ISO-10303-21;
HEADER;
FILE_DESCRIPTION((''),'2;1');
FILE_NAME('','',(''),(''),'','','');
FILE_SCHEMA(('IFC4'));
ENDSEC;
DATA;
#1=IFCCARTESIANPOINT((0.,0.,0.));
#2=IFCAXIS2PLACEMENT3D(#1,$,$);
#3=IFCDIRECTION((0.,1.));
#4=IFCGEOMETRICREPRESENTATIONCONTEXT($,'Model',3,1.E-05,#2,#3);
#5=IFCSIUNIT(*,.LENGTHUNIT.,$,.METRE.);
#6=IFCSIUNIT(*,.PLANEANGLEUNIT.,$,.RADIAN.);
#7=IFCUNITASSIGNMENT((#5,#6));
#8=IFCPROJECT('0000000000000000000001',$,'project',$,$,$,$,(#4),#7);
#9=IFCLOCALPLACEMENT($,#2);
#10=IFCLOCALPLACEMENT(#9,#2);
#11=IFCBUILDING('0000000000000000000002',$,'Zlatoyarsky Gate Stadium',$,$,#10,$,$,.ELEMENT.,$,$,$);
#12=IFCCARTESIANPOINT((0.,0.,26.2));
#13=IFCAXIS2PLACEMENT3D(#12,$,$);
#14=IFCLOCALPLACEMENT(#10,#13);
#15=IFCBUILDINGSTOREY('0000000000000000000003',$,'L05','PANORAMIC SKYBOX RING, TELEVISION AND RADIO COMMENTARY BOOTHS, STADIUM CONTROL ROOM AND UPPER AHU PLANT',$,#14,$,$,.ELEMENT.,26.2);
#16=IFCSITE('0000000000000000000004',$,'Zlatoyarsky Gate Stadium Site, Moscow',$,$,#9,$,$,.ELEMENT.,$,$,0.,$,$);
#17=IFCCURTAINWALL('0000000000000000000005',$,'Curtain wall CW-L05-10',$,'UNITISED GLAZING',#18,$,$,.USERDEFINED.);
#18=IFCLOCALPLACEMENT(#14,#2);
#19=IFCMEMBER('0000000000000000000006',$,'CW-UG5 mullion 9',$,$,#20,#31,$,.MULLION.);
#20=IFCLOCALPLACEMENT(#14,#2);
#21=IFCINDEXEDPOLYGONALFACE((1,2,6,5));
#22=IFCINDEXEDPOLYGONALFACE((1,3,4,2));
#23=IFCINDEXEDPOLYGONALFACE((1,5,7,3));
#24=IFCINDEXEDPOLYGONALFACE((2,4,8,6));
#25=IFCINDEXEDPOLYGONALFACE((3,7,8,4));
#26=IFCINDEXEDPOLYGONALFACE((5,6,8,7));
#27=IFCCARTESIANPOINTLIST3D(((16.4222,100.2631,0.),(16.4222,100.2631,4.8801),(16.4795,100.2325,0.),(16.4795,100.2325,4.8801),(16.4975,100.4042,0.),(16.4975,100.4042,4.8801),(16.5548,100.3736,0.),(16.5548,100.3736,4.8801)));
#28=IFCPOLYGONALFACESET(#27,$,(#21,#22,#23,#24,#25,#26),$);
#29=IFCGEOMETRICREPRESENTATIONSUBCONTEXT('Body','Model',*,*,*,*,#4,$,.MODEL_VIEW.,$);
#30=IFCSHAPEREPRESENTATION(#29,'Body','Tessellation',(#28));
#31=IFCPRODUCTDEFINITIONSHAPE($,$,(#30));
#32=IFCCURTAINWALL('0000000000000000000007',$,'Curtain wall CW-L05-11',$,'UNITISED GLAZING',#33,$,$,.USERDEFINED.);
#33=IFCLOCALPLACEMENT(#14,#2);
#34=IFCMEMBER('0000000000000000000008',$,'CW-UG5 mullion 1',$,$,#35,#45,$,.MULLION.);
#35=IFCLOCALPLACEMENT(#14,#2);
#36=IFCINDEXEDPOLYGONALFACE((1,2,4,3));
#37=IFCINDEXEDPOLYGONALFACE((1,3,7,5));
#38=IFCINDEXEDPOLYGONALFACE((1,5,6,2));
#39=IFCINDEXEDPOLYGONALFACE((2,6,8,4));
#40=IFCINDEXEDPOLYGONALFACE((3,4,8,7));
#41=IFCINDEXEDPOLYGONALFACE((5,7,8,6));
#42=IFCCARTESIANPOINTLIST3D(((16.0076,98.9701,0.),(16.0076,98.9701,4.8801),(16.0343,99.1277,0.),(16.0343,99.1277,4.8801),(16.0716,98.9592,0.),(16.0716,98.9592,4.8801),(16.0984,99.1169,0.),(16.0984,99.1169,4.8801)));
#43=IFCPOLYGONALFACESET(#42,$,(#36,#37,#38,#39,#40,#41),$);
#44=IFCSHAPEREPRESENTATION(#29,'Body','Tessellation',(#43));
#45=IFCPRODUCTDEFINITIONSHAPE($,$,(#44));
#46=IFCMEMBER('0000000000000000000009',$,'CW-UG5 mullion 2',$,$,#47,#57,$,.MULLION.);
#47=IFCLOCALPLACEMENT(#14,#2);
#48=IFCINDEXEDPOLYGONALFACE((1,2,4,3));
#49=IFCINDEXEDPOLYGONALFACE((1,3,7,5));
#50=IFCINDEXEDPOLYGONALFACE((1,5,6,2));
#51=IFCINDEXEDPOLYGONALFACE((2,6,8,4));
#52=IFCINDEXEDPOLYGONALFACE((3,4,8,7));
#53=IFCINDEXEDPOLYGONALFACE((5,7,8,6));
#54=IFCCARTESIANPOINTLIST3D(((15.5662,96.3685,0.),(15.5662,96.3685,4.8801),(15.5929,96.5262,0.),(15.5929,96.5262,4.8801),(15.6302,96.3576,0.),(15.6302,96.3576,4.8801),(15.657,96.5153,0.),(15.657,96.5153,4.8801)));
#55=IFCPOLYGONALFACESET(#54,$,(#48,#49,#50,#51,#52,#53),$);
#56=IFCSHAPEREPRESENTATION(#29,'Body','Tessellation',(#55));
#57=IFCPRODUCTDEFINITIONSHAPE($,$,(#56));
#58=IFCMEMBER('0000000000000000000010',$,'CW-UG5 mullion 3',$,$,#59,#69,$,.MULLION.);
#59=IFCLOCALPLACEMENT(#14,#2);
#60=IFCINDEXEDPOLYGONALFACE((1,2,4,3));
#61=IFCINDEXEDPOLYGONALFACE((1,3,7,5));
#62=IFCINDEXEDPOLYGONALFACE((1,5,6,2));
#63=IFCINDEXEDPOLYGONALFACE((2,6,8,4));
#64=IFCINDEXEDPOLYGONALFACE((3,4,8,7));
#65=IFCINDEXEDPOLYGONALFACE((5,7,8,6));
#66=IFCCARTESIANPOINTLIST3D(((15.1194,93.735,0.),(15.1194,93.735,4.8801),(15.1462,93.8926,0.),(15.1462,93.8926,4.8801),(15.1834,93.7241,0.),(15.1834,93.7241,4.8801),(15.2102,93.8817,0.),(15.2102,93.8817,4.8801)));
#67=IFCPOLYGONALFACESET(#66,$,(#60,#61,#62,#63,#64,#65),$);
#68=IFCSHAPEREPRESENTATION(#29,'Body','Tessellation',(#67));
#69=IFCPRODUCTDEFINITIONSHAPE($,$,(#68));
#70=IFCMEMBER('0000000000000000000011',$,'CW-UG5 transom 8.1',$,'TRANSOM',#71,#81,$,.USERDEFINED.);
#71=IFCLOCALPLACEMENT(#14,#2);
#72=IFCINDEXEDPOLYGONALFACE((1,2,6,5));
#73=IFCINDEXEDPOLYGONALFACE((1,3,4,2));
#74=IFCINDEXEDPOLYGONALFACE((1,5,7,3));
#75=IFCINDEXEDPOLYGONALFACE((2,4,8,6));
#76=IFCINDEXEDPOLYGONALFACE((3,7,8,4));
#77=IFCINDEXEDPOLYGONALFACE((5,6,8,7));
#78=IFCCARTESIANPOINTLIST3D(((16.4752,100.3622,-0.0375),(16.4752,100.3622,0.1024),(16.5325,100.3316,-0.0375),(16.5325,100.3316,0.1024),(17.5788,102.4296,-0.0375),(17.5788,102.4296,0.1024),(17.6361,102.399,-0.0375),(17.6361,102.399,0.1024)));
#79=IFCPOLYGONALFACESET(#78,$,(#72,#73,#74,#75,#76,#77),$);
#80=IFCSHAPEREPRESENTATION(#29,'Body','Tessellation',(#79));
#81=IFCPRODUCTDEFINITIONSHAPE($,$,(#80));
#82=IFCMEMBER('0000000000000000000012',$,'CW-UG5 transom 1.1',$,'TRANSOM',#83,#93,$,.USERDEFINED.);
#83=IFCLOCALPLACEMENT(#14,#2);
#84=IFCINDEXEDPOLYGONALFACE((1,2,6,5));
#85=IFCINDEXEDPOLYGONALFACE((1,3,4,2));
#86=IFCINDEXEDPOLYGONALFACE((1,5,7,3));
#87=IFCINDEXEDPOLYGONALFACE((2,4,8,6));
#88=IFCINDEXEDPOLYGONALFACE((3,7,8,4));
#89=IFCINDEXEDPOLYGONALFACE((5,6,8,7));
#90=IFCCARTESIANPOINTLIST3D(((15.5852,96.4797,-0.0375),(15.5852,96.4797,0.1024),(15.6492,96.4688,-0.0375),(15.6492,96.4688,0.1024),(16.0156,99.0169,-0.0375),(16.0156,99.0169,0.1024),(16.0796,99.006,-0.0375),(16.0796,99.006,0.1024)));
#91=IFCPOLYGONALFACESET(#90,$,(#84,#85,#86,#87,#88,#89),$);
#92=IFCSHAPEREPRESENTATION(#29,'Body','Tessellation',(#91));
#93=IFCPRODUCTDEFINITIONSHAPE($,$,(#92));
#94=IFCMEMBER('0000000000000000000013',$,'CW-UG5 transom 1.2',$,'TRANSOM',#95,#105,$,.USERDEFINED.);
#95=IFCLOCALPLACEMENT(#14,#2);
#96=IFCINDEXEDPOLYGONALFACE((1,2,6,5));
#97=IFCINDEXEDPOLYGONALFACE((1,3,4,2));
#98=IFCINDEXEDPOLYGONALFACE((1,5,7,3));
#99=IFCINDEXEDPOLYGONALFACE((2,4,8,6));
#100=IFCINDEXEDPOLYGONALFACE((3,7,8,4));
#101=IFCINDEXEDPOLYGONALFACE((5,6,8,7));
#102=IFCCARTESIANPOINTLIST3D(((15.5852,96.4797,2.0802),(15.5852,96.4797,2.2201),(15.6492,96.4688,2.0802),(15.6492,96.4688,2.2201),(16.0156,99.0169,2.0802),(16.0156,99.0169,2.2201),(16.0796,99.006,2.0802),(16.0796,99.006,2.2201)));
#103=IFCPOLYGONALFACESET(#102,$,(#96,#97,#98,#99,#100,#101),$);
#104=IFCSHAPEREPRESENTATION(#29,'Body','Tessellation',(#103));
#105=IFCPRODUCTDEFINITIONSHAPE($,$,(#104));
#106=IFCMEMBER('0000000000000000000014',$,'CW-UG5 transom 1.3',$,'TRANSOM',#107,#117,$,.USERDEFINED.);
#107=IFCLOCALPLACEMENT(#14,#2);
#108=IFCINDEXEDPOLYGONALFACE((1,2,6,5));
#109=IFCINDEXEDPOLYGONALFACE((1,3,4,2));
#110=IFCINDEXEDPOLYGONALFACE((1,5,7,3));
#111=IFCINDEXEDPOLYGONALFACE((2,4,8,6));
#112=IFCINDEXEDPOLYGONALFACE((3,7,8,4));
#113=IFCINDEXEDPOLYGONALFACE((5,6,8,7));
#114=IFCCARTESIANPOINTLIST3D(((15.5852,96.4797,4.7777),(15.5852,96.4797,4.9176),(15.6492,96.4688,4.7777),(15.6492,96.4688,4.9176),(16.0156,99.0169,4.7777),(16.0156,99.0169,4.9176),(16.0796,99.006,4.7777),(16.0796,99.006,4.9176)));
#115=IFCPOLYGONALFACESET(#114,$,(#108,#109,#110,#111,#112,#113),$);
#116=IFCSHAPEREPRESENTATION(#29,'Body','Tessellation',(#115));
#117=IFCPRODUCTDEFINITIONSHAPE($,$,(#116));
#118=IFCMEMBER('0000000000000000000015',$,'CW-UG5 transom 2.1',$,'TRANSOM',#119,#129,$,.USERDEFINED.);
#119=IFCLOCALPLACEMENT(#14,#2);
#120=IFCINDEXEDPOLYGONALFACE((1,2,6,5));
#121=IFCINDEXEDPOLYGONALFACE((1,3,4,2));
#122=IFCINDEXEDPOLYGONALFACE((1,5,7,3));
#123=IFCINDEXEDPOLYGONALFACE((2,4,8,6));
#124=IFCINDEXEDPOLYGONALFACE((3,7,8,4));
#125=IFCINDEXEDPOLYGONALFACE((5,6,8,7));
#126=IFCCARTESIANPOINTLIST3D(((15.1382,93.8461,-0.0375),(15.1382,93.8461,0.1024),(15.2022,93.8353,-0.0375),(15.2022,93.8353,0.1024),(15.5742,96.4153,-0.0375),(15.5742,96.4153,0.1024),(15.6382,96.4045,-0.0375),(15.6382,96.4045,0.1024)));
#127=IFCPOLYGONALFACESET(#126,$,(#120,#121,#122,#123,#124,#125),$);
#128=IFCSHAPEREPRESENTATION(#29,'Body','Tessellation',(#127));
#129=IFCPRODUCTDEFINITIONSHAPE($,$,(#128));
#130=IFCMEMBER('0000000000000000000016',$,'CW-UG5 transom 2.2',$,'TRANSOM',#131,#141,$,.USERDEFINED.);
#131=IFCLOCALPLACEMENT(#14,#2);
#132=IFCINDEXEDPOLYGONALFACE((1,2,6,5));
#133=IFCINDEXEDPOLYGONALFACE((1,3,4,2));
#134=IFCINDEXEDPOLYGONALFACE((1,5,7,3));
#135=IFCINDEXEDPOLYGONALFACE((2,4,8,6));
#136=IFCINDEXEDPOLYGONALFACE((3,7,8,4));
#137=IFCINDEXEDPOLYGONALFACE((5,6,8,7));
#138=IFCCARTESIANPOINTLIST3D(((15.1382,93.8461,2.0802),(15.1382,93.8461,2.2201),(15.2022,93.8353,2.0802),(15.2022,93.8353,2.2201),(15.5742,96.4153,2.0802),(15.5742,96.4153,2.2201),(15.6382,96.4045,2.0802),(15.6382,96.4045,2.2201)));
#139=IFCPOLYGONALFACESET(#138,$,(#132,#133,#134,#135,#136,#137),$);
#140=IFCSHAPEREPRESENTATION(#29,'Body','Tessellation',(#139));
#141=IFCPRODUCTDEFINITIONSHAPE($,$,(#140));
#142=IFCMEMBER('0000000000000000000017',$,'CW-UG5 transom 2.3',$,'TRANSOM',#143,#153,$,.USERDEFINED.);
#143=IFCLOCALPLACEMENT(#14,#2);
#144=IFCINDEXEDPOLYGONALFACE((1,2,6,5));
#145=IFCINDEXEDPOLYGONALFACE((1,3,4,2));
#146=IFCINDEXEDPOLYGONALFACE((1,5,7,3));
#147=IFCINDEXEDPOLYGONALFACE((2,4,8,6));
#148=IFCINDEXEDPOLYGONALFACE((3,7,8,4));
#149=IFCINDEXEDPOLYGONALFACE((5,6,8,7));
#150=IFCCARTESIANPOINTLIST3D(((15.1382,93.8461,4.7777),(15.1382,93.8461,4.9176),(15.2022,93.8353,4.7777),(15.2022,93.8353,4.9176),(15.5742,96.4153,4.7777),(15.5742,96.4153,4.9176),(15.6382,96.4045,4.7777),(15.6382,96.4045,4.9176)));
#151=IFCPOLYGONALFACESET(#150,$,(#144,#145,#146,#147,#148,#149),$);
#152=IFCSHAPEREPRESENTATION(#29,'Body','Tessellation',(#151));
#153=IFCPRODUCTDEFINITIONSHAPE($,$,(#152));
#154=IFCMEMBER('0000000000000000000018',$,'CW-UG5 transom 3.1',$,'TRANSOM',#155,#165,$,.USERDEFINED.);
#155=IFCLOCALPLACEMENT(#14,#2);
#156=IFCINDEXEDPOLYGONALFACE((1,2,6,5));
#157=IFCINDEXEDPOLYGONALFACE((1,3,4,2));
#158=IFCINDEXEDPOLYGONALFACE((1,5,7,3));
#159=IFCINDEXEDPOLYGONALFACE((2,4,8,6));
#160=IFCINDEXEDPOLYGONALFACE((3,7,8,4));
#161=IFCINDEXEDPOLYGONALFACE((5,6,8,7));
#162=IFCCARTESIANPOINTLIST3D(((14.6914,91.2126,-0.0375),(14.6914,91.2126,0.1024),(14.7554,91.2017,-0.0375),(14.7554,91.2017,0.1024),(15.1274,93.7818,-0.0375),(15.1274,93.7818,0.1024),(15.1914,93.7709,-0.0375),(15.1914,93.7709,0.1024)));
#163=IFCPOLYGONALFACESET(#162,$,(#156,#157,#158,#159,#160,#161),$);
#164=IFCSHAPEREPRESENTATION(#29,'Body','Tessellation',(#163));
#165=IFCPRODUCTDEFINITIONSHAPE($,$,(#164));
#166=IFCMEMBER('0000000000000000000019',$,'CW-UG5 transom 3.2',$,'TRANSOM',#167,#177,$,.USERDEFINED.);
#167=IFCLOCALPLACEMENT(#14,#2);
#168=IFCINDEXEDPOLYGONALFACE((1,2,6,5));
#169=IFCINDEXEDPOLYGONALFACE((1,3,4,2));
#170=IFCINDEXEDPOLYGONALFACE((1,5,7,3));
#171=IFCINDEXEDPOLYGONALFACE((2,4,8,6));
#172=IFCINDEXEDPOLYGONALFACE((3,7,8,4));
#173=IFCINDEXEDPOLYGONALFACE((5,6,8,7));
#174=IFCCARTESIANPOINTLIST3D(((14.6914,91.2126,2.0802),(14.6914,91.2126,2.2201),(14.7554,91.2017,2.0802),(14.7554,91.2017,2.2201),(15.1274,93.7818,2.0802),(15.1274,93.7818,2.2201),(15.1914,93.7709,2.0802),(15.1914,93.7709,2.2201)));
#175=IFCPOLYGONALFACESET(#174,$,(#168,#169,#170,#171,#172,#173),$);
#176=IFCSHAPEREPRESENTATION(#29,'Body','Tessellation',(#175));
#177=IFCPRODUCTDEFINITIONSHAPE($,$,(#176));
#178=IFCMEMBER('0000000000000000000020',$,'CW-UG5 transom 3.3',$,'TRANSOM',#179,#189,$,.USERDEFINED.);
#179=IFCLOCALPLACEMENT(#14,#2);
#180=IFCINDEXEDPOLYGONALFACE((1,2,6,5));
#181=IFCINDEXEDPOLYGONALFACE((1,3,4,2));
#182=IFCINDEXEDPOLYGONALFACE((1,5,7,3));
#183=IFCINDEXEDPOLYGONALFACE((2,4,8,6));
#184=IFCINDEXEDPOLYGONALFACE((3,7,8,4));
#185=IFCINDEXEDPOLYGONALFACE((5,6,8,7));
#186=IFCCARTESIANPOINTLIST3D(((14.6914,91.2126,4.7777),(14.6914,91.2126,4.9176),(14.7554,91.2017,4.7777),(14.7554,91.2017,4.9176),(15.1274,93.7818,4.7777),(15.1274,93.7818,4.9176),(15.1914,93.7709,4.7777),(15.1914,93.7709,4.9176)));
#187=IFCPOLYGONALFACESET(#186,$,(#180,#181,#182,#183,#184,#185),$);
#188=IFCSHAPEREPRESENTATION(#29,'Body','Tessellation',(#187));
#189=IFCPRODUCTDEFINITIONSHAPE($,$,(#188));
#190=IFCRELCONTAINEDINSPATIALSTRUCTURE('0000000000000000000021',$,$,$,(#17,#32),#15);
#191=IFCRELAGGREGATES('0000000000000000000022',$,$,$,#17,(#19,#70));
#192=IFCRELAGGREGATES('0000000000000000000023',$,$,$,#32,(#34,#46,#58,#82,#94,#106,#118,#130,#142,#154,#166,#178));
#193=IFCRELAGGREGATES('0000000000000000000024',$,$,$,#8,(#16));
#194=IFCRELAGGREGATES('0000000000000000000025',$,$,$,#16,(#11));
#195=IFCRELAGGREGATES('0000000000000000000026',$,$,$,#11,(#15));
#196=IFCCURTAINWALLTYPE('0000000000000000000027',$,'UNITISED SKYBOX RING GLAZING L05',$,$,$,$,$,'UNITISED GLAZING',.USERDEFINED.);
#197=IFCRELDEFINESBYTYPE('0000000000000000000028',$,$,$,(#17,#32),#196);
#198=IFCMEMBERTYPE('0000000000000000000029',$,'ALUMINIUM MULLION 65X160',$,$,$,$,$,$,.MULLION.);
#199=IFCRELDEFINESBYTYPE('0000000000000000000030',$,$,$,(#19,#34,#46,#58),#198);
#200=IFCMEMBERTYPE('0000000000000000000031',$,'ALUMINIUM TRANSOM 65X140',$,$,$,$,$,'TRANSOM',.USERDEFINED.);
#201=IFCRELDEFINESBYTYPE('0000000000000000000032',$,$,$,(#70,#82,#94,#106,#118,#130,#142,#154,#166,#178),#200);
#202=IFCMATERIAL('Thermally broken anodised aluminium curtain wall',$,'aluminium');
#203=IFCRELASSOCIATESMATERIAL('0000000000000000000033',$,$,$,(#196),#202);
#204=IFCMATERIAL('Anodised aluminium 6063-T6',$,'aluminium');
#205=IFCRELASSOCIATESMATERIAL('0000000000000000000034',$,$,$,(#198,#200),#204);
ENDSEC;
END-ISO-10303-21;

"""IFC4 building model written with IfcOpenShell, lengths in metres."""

from ifc_helpers import new_model, si_unit, direction, frame, origin, origin_2d, place, context, subcontext, project, spatial, rectangle, extrude, material, material_profile, profile_set, type_object, element, aggregate, save


model = new_model("IFC4")

# Units and contexts
model_context = context("Model", 3, precision=1e-05, world=origin(), true_north=direction((0.0, 1.0)))
body_context = subcontext(model_context, "Body", "Model", "MODEL_VIEW")
ifc_project = project(units=[si_unit("LENGTHUNIT", "METRE"), si_unit("PLANEANGLEUNIT", "RADIAN")], contexts=[model_context])

# Site, building, storey
site_placement = place(None, origin())
site = spatial("IfcSite", under=ifc_project, at=site_placement, Name="Zlatoyarsky Gate Stadium Site, Moscow", CompositionType="ELEMENT", RefElevation=0.0)
building_placement = place(site_placement, origin())
building = spatial("IfcBuilding", under=site, at=building_placement, Name="Zlatoyarsky Gate Stadium", CompositionType="ELEMENT")
storey_placement = place(building_placement, frame((0.0, 0.0, 26.2)))
storey = spatial("IfcBuildingStorey", under=building, at=storey_placement, Name="L05", Description="PANORAMIC SKYBOX RING, TELEVISION AND RADIO COMMENTARY BOOTHS, STADIUM CONTROL ROOM AND UPPER AHU PLANT", CompositionType="ELEMENT", Elevation=26.2)

# Curtain wall, member
ifc_material_1 = material(Name="Thermally broken anodised aluminium curtain wall", Category="aluminium")
curtain_wall_type = type_object("IfcCurtainWallType", Name="UNITISED SKYBOX RING GLAZING L05", ElementType="UNITISED GLAZING", PredefinedType="USERDEFINED", material=ifc_material_1)
curtain_wall_1_placement = place(storey_placement, origin())
curtain_wall_1 = element("IfcCurtainWall", 1, at=curtain_wall_1_placement, inside=storey, type_object=curtain_wall_type, Name="Curtain wall CW-L05-10", ObjectType="UNITISED GLAZING", PredefinedType="USERDEFINED")
ifc_material_2 = material(Name="Anodised aluminium 6063-T6", Category="aluminium")
ifc_material_profile_1 = material_profile(ifc_material_2, rectangle(XDim=0.0649, YDim=0.1599, at=origin_2d()), Name="ALU 65X160")
ifc_profile_set_1 = profile_set([ifc_material_profile_1], Name="Anodised aluminium 6063-T6")
member_type_1 = type_object("IfcMemberType", Name="ALUMINIUM MULLION 65X160", PredefinedType="MULLION", material=ifc_profile_set_1)
member_1_placement = place(storey_placement, frame((16.4885, 100.3184, 0.0), z_axis=(0.0, 0.0, 1.0), x_axis=(0.882167, -0.470937, 0.0)))
member_1 = element("IfcMember", 2, at=member_1_placement, type_object=member_type_1, Name="CW-UG5 mullion 9", PredefinedType="MULLION", context=body_context, shape_type="SweptSolid", body=[
    extrude(rectangle(XDim=0.0649, YDim=0.1599, at=origin_2d()), origin(), (0.0, 0.0, 1.0), 4.8801),
])

# Curtain wall, members
curtain_wall_2_placement = place(storey_placement, origin())
curtain_wall_2 = element("IfcCurtainWall", 3, at=curtain_wall_2_placement, inside=storey, type_object=curtain_wall_type, Name="Curtain wall CW-L05-11", ObjectType="UNITISED GLAZING", PredefinedType="USERDEFINED")
member_2_placement = place(storey_placement, frame((16.053, 99.0435, 0.0), z_axis=(0.0, 0.0, 1.0), x_axis=(0.985909, -0.167284, 0.0)))
member_2 = element("IfcMember", 4, at=member_2_placement, type_object=member_type_1, Name="CW-UG5 mullion 1", PredefinedType="MULLION", context=body_context, shape_type="SweptSolid", body=[
    extrude(rectangle(XDim=0.0649, YDim=0.1599, at=origin_2d()), origin(), (0.0, 0.0, 1.0), 4.8801),
])
member_3_placement = place(storey_placement, frame((15.6116, 96.4419, 0.0), z_axis=(0.0, 0.0, 1.0), x_axis=(0.985909, -0.167284, 0.0)))
member_3 = element("IfcMember", 5, at=member_3_placement, type_object=member_type_1, Name="CW-UG5 mullion 2", PredefinedType="MULLION", context=body_context, shape_type="SweptSolid", body=[
    extrude(rectangle(XDim=0.0649, YDim=0.1599, at=origin_2d()), origin(), (0.0, 0.0, 1.0), 4.8801),
])
member_4_placement = place(storey_placement, frame((15.1648, 93.8083, 0.0), z_axis=(0.0, 0.0, 1.0), x_axis=(0.985909, -0.167284, 0.0)))
member_4 = element("IfcMember", 6, at=member_4_placement, type_object=member_type_1, Name="CW-UG5 mullion 3", PredefinedType="MULLION", context=body_context, shape_type="SweptSolid", body=[
    extrude(rectangle(XDim=0.0649, YDim=0.1599, at=origin_2d()), origin(), (0.0, 0.0, 1.0), 4.8801),
])

# Members
ifc_material_profile_2 = material_profile(ifc_material_2, rectangle(XDim=0.0649, YDim=0.1399, at=origin_2d()), Name="ALU 65X140")
ifc_profile_set_2 = profile_set([ifc_material_profile_2], Name="Anodised aluminium 6063-T6")
member_type_2 = type_object("IfcMemberType", Name="ALUMINIUM TRANSOM 65X140", ElementType="TRANSOM", PredefinedType="USERDEFINED", material=ifc_profile_set_2)
member_5_placement = place(storey_placement, frame((17.6074, 102.4143, 0.0325), z_axis=(-0.470891, -0.882191, 0.0), x_axis=(0.882191, -0.470891, 0.0)))
member_5 = element("IfcMember", 7, at=member_5_placement, type_object=member_type_2, Name="CW-UG5 transom 8.1", ObjectType="TRANSOM", PredefinedType="USERDEFINED", context=body_context, shape_type="SweptSolid", body=[
    extrude(rectangle(XDim=0.0649, YDim=0.1399, at=origin_2d()), origin(), (0.0, 0.0, 1.0), 2.3435),
])
member_6_placement = place(storey_placement, frame((16.0476, 99.0115, 0.0325), z_axis=(-0.167244, -0.985916, 0.0), x_axis=(0.985916, -0.167244, 0.0)))
member_6 = element("IfcMember", 8, at=member_6_placement, type_object=member_type_2, Name="CW-UG5 transom 1.1", ObjectType="TRANSOM", PredefinedType="USERDEFINED", context=body_context, shape_type="SweptSolid", body=[
    extrude(rectangle(XDim=0.0649, YDim=0.1399, at=origin_2d()), origin(), (0.0, 0.0, 1.0), 2.5735),
])
member_7_placement = place(storey_placement, frame((16.0476, 99.0115, 2.1501), z_axis=(-0.167244, -0.985916, 0.0), x_axis=(0.985916, -0.167244, 0.0)))
member_7 = element("IfcMember", 9, at=member_7_placement, type_object=member_type_2, Name="CW-UG5 transom 1.2", ObjectType="TRANSOM", PredefinedType="USERDEFINED", context=body_context, shape_type="SweptSolid", body=[
    extrude(rectangle(XDim=0.0649, YDim=0.1399, at=origin_2d()), origin(), (0.0, 0.0, 1.0), 2.5735),
])
member_8_placement = place(storey_placement, frame((16.0476, 99.0115, 4.8477), z_axis=(-0.167244, -0.985916, 0.0), x_axis=(0.985916, -0.167244, 0.0)))
member_8 = element("IfcMember", 10, at=member_8_placement, type_object=member_type_2, Name="CW-UG5 transom 1.3", ObjectType="TRANSOM", PredefinedType="USERDEFINED", context=body_context, shape_type="SweptSolid", body=[
    extrude(rectangle(XDim=0.0649, YDim=0.1399, at=origin_2d()), origin(), (0.0, 0.0, 1.0), 2.5735),
])
member_9_placement = place(storey_placement, frame((15.6062, 96.4099, 0.0325), z_axis=(-0.167315, -0.985903, 0.0), x_axis=(0.985903, -0.167315, 0.0)))
member_9 = element("IfcMember", 11, at=member_9_placement, type_object=member_type_2, Name="CW-UG5 transom 2.1", ObjectType="TRANSOM", PredefinedType="USERDEFINED", context=body_context, shape_type="SweptSolid", body=[
    extrude(rectangle(XDim=0.0649, YDim=0.1399, at=origin_2d()), origin(), (0.0, 0.0, 1.0), 2.606),
])
member_10_placement = place(storey_placement, frame((15.6062, 96.4099, 2.1501), z_axis=(-0.167315, -0.985903, 0.0), x_axis=(0.985903, -0.167315, 0.0)))
member_10 = element("IfcMember", 12, at=member_10_placement, type_object=member_type_2, Name="CW-UG5 transom 2.2", ObjectType="TRANSOM", PredefinedType="USERDEFINED", context=body_context, shape_type="SweptSolid", body=[
    extrude(rectangle(XDim=0.0649, YDim=0.1399, at=origin_2d()), origin(), (0.0, 0.0, 1.0), 2.606),
])
member_11_placement = place(storey_placement, frame((15.6062, 96.4099, 4.8477), z_axis=(-0.167315, -0.985903, 0.0), x_axis=(0.985903, -0.167315, 0.0)))
member_11 = element("IfcMember", 13, at=member_11_placement, type_object=member_type_2, Name="CW-UG5 transom 2.3", ObjectType="TRANSOM", PredefinedType="USERDEFINED", context=body_context, shape_type="SweptSolid", body=[
    extrude(rectangle(XDim=0.0649, YDim=0.1399, at=origin_2d()), origin(), (0.0, 0.0, 1.0), 2.606),
])
member_12_placement = place(storey_placement, frame((15.1594, 93.7764, 0.0325), z_axis=(-0.167315, -0.985903, 0.0), x_axis=(0.985903, -0.167315, 0.0)))
member_12 = element("IfcMember", 14, at=member_12_placement, type_object=member_type_2, Name="CW-UG5 transom 3.1", ObjectType="TRANSOM", PredefinedType="USERDEFINED", context=body_context, shape_type="SweptSolid", body=[
    extrude(rectangle(XDim=0.0649, YDim=0.1399, at=origin_2d()), origin(), (0.0, 0.0, 1.0), 2.606),
])
member_13_placement = place(storey_placement, frame((15.1594, 93.7764, 2.1501), z_axis=(-0.167315, -0.985903, 0.0), x_axis=(0.985903, -0.167315, 0.0)))
member_13 = element("IfcMember", 15, at=member_13_placement, type_object=member_type_2, Name="CW-UG5 transom 3.2", ObjectType="TRANSOM", PredefinedType="USERDEFINED", context=body_context, shape_type="SweptSolid", body=[
    extrude(rectangle(XDim=0.0649, YDim=0.1399, at=origin_2d()), origin(), (0.0, 0.0, 1.0), 2.606),
])
member_14_placement = place(storey_placement, frame((15.1594, 93.7764, 4.8477), z_axis=(-0.167315, -0.985903, 0.0), x_axis=(0.985903, -0.167315, 0.0)))
member_14 = element("IfcMember", 16, at=member_14_placement, type_object=member_type_2, Name="CW-UG5 transom 3.3", ObjectType="TRANSOM", PredefinedType="USERDEFINED", context=body_context, shape_type="SweptSolid", body=[
    extrude(rectangle(XDim=0.0649, YDim=0.1399, at=origin_2d()), origin(), (0.0, 0.0, 1.0), 2.606),
])

aggregate(curtain_wall_1, [member_1, member_5])
aggregate(curtain_wall_2, [member_2, member_3, member_4, member_6, member_7, member_8, member_9, member_10, member_11, member_12, member_13, member_14])

save(model, "model.ifc")
